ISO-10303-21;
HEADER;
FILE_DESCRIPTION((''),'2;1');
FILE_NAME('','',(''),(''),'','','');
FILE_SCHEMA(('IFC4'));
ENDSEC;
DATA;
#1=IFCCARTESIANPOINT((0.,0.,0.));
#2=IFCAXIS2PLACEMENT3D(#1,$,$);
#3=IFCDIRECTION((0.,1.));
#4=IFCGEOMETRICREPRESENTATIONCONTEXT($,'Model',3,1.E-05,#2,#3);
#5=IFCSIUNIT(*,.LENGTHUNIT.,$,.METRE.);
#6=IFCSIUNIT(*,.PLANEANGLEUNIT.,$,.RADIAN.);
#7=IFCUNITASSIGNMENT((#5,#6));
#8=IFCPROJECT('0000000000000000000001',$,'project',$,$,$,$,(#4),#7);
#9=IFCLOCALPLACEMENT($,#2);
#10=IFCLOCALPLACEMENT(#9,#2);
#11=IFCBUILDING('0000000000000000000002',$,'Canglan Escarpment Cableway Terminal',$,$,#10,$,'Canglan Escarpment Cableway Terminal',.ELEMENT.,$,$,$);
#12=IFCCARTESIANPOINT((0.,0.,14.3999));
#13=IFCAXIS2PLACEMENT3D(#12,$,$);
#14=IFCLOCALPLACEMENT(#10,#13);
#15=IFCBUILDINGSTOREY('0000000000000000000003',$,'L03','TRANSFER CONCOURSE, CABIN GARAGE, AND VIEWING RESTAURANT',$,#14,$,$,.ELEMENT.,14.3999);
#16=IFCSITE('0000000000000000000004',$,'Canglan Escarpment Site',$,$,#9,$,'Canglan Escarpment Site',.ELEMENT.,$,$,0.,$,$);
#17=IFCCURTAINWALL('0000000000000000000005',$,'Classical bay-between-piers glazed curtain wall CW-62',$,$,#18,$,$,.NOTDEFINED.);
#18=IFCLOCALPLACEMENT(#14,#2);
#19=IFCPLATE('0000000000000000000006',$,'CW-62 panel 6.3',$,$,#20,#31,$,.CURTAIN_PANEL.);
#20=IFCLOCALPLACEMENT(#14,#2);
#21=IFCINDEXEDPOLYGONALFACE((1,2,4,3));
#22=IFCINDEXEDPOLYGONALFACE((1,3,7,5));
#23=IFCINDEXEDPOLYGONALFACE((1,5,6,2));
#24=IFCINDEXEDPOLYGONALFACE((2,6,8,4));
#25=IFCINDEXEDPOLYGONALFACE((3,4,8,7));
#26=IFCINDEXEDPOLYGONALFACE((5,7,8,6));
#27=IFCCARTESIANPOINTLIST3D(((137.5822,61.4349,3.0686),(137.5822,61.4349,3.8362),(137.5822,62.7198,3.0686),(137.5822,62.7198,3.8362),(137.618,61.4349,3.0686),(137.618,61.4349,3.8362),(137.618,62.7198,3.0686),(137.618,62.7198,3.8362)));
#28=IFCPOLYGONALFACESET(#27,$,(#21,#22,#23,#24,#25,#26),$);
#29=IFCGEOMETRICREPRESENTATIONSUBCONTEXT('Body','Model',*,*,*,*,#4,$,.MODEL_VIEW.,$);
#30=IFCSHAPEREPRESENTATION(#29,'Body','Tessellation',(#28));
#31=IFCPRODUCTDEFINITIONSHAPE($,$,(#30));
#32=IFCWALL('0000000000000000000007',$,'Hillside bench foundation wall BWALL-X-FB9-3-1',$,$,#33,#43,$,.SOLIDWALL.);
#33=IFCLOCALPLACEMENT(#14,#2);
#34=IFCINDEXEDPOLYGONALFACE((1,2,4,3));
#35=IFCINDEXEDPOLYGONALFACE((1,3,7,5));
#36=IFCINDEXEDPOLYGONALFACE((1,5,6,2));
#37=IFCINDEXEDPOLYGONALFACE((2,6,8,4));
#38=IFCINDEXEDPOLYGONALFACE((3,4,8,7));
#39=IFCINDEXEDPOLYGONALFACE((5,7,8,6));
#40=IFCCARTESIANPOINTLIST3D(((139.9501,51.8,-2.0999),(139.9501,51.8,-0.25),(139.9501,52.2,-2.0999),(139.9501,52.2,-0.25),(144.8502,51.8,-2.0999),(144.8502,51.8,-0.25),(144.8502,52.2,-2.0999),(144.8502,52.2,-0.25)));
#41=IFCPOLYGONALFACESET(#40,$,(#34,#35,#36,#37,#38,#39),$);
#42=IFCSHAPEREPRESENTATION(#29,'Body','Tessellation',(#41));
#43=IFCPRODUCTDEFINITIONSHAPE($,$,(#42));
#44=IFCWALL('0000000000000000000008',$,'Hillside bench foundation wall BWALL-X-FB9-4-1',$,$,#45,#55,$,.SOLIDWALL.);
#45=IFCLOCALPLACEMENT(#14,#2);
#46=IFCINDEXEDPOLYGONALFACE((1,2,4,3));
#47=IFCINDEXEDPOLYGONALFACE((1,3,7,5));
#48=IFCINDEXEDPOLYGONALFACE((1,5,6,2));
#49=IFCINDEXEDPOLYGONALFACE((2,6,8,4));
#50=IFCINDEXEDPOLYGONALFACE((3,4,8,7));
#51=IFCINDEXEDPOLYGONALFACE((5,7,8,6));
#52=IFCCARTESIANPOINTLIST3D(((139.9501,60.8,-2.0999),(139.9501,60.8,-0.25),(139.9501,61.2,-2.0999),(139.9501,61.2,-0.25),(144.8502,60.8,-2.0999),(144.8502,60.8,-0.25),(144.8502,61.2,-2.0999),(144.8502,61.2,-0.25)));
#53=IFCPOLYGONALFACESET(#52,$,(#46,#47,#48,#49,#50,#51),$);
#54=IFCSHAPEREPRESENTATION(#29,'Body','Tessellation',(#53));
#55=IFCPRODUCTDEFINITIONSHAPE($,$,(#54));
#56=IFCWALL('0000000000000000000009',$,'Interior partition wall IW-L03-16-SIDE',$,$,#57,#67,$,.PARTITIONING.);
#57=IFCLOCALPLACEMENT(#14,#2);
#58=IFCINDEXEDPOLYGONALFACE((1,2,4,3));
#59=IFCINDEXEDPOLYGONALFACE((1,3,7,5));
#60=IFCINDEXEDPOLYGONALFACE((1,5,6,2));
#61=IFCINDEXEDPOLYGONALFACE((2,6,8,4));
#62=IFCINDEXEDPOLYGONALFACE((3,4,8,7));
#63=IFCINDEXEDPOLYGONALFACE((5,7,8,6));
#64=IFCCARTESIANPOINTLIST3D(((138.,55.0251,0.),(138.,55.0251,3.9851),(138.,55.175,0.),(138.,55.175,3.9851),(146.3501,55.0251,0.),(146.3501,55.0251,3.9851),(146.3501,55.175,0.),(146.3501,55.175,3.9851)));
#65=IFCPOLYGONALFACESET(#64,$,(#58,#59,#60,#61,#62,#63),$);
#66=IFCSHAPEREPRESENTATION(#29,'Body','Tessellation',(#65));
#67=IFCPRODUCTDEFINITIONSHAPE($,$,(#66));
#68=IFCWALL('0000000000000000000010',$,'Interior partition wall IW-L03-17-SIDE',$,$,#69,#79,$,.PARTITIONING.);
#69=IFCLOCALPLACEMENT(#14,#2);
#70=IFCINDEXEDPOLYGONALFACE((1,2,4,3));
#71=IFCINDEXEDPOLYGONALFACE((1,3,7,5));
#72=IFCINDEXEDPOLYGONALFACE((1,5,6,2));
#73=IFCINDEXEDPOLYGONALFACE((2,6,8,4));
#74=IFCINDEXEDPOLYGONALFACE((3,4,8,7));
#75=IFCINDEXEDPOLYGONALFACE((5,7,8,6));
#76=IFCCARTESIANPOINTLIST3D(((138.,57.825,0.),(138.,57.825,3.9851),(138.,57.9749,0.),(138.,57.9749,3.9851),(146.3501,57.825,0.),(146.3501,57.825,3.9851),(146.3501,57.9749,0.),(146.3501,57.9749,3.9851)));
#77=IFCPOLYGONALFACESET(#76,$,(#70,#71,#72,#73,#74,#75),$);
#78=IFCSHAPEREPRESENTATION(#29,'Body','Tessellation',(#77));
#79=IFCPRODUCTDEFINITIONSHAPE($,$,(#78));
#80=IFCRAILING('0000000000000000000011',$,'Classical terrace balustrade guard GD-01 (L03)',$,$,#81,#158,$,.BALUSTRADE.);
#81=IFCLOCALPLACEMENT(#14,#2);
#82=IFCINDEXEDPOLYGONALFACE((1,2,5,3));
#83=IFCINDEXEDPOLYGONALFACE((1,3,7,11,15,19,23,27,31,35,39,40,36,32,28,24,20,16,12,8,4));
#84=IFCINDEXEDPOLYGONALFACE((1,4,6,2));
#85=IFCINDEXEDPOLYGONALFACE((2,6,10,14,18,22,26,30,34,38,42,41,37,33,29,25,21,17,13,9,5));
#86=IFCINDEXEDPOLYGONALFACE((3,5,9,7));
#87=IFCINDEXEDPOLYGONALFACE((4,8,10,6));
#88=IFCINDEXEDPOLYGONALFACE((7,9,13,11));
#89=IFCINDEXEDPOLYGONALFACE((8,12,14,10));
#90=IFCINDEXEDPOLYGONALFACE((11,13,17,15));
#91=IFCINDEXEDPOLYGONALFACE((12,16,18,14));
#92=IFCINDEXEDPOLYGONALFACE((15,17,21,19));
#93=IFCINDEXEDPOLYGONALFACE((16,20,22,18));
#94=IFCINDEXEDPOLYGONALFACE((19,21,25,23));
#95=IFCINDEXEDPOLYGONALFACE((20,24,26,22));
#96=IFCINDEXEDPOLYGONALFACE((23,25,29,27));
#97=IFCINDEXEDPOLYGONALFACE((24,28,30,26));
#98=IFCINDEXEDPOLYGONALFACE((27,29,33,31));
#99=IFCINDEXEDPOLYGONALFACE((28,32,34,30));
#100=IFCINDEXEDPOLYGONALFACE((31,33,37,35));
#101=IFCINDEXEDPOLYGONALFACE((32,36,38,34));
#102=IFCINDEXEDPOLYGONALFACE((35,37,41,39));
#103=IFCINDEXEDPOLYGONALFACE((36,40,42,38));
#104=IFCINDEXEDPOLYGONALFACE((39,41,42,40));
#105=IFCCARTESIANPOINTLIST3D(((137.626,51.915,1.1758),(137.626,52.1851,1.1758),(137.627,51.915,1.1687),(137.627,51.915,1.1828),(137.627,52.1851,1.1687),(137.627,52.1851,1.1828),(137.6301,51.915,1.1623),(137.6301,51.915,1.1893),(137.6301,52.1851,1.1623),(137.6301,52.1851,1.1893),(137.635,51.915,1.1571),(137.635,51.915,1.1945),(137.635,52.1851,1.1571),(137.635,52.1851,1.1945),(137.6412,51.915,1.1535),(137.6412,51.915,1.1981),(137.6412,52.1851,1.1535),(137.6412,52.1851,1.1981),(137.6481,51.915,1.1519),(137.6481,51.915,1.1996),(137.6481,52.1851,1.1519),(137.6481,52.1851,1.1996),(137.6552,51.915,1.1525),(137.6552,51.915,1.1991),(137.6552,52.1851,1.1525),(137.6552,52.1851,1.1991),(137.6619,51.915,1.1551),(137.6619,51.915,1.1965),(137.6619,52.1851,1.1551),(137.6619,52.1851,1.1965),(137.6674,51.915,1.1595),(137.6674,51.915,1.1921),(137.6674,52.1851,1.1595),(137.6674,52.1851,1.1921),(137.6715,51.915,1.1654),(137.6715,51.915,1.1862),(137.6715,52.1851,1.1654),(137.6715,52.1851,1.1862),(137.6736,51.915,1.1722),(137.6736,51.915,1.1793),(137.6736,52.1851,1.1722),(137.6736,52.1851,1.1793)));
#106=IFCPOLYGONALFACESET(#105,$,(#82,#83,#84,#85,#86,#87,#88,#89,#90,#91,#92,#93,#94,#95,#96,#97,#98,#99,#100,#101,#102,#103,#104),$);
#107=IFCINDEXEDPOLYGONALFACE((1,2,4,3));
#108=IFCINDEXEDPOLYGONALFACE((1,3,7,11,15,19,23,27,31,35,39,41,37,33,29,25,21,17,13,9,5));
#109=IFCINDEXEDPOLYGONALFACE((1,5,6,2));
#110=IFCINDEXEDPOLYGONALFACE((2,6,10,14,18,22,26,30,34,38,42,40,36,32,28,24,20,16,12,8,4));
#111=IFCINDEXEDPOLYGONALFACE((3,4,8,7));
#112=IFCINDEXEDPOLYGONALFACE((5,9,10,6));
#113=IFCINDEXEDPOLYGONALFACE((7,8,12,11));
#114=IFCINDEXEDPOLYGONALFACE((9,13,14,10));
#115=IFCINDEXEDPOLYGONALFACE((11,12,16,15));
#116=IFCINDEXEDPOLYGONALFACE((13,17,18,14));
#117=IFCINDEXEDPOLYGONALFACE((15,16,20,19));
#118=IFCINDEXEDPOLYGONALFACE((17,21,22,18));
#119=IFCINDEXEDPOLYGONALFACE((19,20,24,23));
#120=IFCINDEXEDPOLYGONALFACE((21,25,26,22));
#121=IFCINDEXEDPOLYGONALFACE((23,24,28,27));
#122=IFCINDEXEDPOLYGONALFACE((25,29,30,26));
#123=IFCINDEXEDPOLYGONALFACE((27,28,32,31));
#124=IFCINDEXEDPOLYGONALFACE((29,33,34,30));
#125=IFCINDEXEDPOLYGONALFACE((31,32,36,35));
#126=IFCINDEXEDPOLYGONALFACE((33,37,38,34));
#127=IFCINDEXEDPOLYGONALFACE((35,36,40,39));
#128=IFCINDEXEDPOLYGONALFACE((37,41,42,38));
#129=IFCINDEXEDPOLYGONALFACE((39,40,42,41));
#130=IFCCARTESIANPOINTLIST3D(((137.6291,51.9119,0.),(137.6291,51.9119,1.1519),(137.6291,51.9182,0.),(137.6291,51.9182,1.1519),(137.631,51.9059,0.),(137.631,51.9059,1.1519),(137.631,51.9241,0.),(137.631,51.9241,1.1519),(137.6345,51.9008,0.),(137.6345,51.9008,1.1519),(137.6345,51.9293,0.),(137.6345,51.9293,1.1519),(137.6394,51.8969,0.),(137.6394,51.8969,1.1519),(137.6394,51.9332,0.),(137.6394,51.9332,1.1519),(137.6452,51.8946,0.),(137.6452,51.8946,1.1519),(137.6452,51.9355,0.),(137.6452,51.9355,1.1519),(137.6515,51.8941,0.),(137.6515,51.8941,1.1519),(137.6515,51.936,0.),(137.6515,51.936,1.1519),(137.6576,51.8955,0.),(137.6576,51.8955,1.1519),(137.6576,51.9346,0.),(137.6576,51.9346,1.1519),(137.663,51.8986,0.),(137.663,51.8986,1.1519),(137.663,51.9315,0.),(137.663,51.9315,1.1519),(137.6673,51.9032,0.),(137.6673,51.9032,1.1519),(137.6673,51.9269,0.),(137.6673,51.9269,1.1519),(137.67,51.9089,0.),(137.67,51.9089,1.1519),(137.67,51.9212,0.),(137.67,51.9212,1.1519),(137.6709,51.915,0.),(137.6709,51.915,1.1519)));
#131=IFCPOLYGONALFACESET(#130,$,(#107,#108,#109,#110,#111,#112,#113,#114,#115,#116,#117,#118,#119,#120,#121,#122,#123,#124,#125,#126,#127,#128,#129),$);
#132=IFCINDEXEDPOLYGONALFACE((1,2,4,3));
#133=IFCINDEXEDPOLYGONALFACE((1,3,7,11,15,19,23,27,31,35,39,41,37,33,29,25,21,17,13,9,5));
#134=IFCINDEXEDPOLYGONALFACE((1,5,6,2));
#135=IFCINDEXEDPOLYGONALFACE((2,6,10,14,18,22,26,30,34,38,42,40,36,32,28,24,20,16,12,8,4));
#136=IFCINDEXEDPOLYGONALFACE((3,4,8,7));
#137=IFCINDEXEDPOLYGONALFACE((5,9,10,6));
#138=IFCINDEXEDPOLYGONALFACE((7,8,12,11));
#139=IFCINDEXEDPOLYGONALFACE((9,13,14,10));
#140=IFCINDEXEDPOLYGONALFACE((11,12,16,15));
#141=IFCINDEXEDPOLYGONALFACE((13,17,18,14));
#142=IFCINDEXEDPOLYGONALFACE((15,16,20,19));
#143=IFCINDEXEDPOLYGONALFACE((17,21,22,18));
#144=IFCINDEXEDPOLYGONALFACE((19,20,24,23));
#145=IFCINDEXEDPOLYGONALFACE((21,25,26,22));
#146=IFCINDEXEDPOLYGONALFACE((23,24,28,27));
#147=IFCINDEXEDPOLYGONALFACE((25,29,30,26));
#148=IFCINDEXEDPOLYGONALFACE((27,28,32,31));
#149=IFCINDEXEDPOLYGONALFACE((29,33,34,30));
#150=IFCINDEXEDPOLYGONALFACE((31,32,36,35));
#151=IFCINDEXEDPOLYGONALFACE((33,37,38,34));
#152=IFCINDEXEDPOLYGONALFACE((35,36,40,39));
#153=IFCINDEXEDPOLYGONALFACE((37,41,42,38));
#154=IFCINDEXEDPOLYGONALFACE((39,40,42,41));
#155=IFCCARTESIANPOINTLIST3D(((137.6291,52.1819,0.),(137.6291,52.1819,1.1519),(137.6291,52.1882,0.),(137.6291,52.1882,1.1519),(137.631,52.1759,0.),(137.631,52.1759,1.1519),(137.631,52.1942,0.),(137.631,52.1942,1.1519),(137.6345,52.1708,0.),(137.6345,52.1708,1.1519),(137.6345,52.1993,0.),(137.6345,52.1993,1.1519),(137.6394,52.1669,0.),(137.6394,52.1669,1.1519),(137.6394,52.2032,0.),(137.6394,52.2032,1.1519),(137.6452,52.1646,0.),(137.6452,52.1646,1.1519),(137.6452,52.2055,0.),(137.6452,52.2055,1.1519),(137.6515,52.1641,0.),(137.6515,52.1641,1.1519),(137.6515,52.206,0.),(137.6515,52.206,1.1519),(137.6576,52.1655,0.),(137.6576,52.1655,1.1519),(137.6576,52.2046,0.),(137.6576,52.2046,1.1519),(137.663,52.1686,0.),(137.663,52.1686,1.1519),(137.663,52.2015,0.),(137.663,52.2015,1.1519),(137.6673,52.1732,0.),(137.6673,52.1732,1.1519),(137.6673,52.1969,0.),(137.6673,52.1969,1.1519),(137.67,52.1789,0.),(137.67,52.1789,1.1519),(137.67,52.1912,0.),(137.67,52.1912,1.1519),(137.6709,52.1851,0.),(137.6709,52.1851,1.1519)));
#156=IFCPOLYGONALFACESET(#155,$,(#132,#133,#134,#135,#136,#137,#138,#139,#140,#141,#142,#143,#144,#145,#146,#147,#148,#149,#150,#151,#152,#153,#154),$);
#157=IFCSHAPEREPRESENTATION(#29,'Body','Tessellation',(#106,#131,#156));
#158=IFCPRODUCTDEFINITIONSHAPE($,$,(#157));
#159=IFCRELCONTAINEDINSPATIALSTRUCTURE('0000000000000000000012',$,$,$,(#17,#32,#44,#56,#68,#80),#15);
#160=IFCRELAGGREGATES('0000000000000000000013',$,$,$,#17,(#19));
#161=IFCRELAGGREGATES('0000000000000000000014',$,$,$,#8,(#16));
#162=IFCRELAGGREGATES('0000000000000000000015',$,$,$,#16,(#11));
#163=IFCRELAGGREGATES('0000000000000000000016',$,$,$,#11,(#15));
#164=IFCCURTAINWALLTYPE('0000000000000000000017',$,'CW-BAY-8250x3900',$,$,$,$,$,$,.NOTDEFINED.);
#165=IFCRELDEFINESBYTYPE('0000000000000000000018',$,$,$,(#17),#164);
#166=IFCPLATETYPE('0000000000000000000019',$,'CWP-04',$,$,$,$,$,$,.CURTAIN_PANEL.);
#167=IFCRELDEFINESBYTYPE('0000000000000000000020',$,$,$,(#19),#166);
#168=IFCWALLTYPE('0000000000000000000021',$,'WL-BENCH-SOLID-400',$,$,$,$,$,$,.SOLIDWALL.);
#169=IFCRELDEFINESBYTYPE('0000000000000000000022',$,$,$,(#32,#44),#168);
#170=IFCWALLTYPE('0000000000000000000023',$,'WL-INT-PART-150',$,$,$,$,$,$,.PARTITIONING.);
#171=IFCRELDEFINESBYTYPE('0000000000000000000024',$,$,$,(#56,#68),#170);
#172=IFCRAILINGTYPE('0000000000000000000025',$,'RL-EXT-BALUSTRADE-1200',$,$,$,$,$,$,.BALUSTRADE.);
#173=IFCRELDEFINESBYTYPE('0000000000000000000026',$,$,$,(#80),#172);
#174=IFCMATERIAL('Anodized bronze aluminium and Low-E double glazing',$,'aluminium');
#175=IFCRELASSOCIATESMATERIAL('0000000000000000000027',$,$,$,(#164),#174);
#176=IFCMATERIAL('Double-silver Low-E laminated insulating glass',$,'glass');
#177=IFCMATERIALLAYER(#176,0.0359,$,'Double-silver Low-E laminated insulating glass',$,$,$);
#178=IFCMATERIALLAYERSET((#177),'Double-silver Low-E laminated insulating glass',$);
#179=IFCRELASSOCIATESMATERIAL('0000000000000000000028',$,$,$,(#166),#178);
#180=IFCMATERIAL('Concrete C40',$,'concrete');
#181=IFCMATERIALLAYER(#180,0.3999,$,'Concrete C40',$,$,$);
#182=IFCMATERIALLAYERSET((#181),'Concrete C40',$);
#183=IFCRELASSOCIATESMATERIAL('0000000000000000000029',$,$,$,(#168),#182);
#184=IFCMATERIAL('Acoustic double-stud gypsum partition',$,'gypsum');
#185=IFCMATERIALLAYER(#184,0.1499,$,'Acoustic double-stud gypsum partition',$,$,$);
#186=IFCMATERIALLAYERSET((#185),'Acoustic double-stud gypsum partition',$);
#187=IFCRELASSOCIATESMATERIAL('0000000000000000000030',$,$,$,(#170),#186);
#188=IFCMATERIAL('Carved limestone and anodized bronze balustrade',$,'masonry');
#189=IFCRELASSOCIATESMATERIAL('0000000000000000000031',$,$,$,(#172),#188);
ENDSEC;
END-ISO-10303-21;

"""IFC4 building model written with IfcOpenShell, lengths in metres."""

from ifc_helpers import new_model, si_unit, direction, frame, frame_2d, origin, origin_2d, place, context, subcontext, project, spatial, rectangle, circle, extrude, material, layer, layer_set, type_object, element, aggregate, save


model = new_model("IFC4")

# Units and contexts
model_context = context("Model", 3, precision=1e-05, world=origin(), true_north=direction((0.0, 1.0)))
body_context = subcontext(model_context, "Body", "Model", "MODEL_VIEW")
ifc_project = project(units=[si_unit("LENGTHUNIT", "METRE"), si_unit("PLANEANGLEUNIT", "RADIAN")], contexts=[model_context])

# Site, building, storey
site_placement = place(None, origin())
site = spatial("IfcSite", under=ifc_project, at=site_placement, Name="Canglan Escarpment Site", LongName="Canglan Escarpment Site", CompositionType="ELEMENT", RefElevation=0.0)
building_placement = place(site_placement, origin())
building = spatial("IfcBuilding", under=site, at=building_placement, Name="Canglan Escarpment Cableway Terminal", LongName="Canglan Escarpment Cableway Terminal", CompositionType="ELEMENT")
storey_placement = place(building_placement, frame((0.0, 0.0, 14.3999)))
storey = spatial("IfcBuildingStorey", under=building, at=storey_placement, Name="L03", Description="TRANSFER CONCOURSE, CABIN GARAGE, AND VIEWING RESTAURANT", CompositionType="ELEMENT", Elevation=14.3999)

# Shared definitions
ifc_material_1 = material(Name="Concrete C40", Category="concrete")

# Curtain wall
ifc_material_2 = material(Name="Anodized bronze aluminium and Low-E double glazing", Category="aluminium")
curtain_wall_type = type_object("IfcCurtainWallType", Name="CW-BAY-8250x3900", PredefinedType="NOTDEFINED", material=ifc_material_2)
curtain_wall_1_placement = place(storey_placement, origin())
curtain_wall_1 = element("IfcCurtainWall", 1, at=curtain_wall_1_placement, inside=storey, type_object=curtain_wall_type, Name="Classical bay-between-piers glazed curtain wall CW-62", PredefinedType="NOTDEFINED")

# Plate
ifc_material_3 = material(Name="Double-silver Low-E laminated insulating glass", Category="glass")
ifc_layer_1 = layer(ifc_material_3, 0.0359, Name="Double-silver Low-E laminated insulating glass")
ifc_layer_set_1 = layer_set([ifc_layer_1], Name="Double-silver Low-E laminated insulating glass")
plate_type = type_object("IfcPlateType", Name="CWP-04", PredefinedType="CURTAIN_PANEL", material=ifc_layer_set_1)
plate_1_placement = place(storey_placement, frame((137.6001, 62.0774, 3.0686), z_axis=(0.0, 0.0, 1.0), x_axis=(0.0, -1.0, 0.0)))
plate_1 = element("IfcPlate", 2, at=plate_1_placement, type_object=plate_type, Name="CW-62 panel 6.3", PredefinedType="CURTAIN_PANEL", context=body_context, shape_type="SweptSolid", body=[
    extrude(rectangle(XDim=1.2849, YDim=0.0359, at=origin_2d()), origin(), (0.0, 0.0, 1.0), 0.7676),
])
aggregate(curtain_wall_1, [plate_1])

# Walls
ifc_layer_2 = layer(ifc_material_1, 0.3999, Name="Concrete C40")
ifc_layer_set_2 = layer_set([ifc_layer_2], Name="Concrete C40")
wall_type_1 = type_object("IfcWallType", Name="WL-BENCH-SOLID-400", PredefinedType="SOLIDWALL", material=ifc_layer_set_2)
for number, where, z_axis, x_axis, name in (
    (3, (139.95, 52.0, -2.0999), (0.0, 0.0, 1.0), (1.0, 0.0, 0.0), "Hillside bench foundation wall BWALL-X-FB9-3-1"),
    (4, (139.95, 61.0, -2.0999), (0.0, 0.0, 1.0), (1.0, 0.0, 0.0), "Hillside bench foundation wall BWALL-X-FB9-4-1"),
):
    element("IfcWall", number, at=place(storey_placement, frame(where, z_axis=z_axis, x_axis=x_axis)), inside=storey, type_object=wall_type_1, Name=name, PredefinedType="SOLIDWALL", context=body_context, shape_type="SweptSolid", body=[
        extrude(rectangle(XDim=4.9001, YDim=0.3999, at=frame_2d((2.4502, 0.0))), origin(), (0.0, 0.0, 1.0), 1.8499),
    ])
ifc_material_4 = material(Name="Acoustic double-stud gypsum partition", Category="gypsum")
ifc_layer_3 = layer(ifc_material_4, 0.1499, Name="Acoustic double-stud gypsum partition")
ifc_layer_set_3 = layer_set([ifc_layer_3], Name="Acoustic double-stud gypsum partition")
wall_type_2 = type_object("IfcWallType", Name="WL-INT-PART-150", PredefinedType="PARTITIONING", material=ifc_layer_set_3)
for number, where, z_axis, x_axis, name in (
    (5, (138.0, 55.1001, 0.0), (0.0, 0.0, 1.0), (1.0, 0.0, 0.0), "Interior partition wall IW-L03-16-SIDE"),
    (6, (138.0, 57.8999, 0.0), (0.0, 0.0, 1.0), (1.0, 0.0, 0.0), "Interior partition wall IW-L03-17-SIDE"),
):
    element("IfcWall", number, at=place(storey_placement, frame(where, z_axis=z_axis, x_axis=x_axis)), inside=storey, type_object=wall_type_2, Name=name, PredefinedType="PARTITIONING", context=body_context, shape_type="SweptSolid", body=[
        extrude(rectangle(XDim=8.3501, YDim=0.1499, at=frame_2d((4.175, 0.0))), origin(), (0.0, 0.0, 1.0), 3.9851),
    ])

# Railing
ifc_material_5 = material(Name="Carved limestone and anodized bronze balustrade", Category="masonry")
railing_type = type_object("IfcRailingType", Name="RL-EXT-BALUSTRADE-1200", PredefinedType="BALUSTRADE", material=ifc_material_5)
for number, where, name in (
    (7, (137.6499, 51.915, 0.0), "Classical terrace balustrade guard GD-01 (L03)"),
):
    element("IfcRailing", number, at=place(storey_placement, frame(where)), inside=storey, type_object=railing_type, Name=name, PredefinedType="BALUSTRADE", context=body_context, shape_type="SweptSolid", body=[
        extrude(circle(Radius=0.0239, at=origin_2d()), frame((0.0, 0.0, 1.1758), z_axis=(0.0, 1.0, 0.0), x_axis=(-1.0, 0.0, 0.0)), (0.0, 0.0, 1.0), 0.27),
        extrude(circle(Radius=0.021, at=origin_2d()), origin(), (0.0, 0.0, 1.0), 1.1519),
        extrude(circle(Radius=0.021, at=origin_2d()), frame((0.0, 0.27, 0.0)), (0.0, 0.0, 1.0), 1.1519),
    ])

save(model, "model.ifc")
